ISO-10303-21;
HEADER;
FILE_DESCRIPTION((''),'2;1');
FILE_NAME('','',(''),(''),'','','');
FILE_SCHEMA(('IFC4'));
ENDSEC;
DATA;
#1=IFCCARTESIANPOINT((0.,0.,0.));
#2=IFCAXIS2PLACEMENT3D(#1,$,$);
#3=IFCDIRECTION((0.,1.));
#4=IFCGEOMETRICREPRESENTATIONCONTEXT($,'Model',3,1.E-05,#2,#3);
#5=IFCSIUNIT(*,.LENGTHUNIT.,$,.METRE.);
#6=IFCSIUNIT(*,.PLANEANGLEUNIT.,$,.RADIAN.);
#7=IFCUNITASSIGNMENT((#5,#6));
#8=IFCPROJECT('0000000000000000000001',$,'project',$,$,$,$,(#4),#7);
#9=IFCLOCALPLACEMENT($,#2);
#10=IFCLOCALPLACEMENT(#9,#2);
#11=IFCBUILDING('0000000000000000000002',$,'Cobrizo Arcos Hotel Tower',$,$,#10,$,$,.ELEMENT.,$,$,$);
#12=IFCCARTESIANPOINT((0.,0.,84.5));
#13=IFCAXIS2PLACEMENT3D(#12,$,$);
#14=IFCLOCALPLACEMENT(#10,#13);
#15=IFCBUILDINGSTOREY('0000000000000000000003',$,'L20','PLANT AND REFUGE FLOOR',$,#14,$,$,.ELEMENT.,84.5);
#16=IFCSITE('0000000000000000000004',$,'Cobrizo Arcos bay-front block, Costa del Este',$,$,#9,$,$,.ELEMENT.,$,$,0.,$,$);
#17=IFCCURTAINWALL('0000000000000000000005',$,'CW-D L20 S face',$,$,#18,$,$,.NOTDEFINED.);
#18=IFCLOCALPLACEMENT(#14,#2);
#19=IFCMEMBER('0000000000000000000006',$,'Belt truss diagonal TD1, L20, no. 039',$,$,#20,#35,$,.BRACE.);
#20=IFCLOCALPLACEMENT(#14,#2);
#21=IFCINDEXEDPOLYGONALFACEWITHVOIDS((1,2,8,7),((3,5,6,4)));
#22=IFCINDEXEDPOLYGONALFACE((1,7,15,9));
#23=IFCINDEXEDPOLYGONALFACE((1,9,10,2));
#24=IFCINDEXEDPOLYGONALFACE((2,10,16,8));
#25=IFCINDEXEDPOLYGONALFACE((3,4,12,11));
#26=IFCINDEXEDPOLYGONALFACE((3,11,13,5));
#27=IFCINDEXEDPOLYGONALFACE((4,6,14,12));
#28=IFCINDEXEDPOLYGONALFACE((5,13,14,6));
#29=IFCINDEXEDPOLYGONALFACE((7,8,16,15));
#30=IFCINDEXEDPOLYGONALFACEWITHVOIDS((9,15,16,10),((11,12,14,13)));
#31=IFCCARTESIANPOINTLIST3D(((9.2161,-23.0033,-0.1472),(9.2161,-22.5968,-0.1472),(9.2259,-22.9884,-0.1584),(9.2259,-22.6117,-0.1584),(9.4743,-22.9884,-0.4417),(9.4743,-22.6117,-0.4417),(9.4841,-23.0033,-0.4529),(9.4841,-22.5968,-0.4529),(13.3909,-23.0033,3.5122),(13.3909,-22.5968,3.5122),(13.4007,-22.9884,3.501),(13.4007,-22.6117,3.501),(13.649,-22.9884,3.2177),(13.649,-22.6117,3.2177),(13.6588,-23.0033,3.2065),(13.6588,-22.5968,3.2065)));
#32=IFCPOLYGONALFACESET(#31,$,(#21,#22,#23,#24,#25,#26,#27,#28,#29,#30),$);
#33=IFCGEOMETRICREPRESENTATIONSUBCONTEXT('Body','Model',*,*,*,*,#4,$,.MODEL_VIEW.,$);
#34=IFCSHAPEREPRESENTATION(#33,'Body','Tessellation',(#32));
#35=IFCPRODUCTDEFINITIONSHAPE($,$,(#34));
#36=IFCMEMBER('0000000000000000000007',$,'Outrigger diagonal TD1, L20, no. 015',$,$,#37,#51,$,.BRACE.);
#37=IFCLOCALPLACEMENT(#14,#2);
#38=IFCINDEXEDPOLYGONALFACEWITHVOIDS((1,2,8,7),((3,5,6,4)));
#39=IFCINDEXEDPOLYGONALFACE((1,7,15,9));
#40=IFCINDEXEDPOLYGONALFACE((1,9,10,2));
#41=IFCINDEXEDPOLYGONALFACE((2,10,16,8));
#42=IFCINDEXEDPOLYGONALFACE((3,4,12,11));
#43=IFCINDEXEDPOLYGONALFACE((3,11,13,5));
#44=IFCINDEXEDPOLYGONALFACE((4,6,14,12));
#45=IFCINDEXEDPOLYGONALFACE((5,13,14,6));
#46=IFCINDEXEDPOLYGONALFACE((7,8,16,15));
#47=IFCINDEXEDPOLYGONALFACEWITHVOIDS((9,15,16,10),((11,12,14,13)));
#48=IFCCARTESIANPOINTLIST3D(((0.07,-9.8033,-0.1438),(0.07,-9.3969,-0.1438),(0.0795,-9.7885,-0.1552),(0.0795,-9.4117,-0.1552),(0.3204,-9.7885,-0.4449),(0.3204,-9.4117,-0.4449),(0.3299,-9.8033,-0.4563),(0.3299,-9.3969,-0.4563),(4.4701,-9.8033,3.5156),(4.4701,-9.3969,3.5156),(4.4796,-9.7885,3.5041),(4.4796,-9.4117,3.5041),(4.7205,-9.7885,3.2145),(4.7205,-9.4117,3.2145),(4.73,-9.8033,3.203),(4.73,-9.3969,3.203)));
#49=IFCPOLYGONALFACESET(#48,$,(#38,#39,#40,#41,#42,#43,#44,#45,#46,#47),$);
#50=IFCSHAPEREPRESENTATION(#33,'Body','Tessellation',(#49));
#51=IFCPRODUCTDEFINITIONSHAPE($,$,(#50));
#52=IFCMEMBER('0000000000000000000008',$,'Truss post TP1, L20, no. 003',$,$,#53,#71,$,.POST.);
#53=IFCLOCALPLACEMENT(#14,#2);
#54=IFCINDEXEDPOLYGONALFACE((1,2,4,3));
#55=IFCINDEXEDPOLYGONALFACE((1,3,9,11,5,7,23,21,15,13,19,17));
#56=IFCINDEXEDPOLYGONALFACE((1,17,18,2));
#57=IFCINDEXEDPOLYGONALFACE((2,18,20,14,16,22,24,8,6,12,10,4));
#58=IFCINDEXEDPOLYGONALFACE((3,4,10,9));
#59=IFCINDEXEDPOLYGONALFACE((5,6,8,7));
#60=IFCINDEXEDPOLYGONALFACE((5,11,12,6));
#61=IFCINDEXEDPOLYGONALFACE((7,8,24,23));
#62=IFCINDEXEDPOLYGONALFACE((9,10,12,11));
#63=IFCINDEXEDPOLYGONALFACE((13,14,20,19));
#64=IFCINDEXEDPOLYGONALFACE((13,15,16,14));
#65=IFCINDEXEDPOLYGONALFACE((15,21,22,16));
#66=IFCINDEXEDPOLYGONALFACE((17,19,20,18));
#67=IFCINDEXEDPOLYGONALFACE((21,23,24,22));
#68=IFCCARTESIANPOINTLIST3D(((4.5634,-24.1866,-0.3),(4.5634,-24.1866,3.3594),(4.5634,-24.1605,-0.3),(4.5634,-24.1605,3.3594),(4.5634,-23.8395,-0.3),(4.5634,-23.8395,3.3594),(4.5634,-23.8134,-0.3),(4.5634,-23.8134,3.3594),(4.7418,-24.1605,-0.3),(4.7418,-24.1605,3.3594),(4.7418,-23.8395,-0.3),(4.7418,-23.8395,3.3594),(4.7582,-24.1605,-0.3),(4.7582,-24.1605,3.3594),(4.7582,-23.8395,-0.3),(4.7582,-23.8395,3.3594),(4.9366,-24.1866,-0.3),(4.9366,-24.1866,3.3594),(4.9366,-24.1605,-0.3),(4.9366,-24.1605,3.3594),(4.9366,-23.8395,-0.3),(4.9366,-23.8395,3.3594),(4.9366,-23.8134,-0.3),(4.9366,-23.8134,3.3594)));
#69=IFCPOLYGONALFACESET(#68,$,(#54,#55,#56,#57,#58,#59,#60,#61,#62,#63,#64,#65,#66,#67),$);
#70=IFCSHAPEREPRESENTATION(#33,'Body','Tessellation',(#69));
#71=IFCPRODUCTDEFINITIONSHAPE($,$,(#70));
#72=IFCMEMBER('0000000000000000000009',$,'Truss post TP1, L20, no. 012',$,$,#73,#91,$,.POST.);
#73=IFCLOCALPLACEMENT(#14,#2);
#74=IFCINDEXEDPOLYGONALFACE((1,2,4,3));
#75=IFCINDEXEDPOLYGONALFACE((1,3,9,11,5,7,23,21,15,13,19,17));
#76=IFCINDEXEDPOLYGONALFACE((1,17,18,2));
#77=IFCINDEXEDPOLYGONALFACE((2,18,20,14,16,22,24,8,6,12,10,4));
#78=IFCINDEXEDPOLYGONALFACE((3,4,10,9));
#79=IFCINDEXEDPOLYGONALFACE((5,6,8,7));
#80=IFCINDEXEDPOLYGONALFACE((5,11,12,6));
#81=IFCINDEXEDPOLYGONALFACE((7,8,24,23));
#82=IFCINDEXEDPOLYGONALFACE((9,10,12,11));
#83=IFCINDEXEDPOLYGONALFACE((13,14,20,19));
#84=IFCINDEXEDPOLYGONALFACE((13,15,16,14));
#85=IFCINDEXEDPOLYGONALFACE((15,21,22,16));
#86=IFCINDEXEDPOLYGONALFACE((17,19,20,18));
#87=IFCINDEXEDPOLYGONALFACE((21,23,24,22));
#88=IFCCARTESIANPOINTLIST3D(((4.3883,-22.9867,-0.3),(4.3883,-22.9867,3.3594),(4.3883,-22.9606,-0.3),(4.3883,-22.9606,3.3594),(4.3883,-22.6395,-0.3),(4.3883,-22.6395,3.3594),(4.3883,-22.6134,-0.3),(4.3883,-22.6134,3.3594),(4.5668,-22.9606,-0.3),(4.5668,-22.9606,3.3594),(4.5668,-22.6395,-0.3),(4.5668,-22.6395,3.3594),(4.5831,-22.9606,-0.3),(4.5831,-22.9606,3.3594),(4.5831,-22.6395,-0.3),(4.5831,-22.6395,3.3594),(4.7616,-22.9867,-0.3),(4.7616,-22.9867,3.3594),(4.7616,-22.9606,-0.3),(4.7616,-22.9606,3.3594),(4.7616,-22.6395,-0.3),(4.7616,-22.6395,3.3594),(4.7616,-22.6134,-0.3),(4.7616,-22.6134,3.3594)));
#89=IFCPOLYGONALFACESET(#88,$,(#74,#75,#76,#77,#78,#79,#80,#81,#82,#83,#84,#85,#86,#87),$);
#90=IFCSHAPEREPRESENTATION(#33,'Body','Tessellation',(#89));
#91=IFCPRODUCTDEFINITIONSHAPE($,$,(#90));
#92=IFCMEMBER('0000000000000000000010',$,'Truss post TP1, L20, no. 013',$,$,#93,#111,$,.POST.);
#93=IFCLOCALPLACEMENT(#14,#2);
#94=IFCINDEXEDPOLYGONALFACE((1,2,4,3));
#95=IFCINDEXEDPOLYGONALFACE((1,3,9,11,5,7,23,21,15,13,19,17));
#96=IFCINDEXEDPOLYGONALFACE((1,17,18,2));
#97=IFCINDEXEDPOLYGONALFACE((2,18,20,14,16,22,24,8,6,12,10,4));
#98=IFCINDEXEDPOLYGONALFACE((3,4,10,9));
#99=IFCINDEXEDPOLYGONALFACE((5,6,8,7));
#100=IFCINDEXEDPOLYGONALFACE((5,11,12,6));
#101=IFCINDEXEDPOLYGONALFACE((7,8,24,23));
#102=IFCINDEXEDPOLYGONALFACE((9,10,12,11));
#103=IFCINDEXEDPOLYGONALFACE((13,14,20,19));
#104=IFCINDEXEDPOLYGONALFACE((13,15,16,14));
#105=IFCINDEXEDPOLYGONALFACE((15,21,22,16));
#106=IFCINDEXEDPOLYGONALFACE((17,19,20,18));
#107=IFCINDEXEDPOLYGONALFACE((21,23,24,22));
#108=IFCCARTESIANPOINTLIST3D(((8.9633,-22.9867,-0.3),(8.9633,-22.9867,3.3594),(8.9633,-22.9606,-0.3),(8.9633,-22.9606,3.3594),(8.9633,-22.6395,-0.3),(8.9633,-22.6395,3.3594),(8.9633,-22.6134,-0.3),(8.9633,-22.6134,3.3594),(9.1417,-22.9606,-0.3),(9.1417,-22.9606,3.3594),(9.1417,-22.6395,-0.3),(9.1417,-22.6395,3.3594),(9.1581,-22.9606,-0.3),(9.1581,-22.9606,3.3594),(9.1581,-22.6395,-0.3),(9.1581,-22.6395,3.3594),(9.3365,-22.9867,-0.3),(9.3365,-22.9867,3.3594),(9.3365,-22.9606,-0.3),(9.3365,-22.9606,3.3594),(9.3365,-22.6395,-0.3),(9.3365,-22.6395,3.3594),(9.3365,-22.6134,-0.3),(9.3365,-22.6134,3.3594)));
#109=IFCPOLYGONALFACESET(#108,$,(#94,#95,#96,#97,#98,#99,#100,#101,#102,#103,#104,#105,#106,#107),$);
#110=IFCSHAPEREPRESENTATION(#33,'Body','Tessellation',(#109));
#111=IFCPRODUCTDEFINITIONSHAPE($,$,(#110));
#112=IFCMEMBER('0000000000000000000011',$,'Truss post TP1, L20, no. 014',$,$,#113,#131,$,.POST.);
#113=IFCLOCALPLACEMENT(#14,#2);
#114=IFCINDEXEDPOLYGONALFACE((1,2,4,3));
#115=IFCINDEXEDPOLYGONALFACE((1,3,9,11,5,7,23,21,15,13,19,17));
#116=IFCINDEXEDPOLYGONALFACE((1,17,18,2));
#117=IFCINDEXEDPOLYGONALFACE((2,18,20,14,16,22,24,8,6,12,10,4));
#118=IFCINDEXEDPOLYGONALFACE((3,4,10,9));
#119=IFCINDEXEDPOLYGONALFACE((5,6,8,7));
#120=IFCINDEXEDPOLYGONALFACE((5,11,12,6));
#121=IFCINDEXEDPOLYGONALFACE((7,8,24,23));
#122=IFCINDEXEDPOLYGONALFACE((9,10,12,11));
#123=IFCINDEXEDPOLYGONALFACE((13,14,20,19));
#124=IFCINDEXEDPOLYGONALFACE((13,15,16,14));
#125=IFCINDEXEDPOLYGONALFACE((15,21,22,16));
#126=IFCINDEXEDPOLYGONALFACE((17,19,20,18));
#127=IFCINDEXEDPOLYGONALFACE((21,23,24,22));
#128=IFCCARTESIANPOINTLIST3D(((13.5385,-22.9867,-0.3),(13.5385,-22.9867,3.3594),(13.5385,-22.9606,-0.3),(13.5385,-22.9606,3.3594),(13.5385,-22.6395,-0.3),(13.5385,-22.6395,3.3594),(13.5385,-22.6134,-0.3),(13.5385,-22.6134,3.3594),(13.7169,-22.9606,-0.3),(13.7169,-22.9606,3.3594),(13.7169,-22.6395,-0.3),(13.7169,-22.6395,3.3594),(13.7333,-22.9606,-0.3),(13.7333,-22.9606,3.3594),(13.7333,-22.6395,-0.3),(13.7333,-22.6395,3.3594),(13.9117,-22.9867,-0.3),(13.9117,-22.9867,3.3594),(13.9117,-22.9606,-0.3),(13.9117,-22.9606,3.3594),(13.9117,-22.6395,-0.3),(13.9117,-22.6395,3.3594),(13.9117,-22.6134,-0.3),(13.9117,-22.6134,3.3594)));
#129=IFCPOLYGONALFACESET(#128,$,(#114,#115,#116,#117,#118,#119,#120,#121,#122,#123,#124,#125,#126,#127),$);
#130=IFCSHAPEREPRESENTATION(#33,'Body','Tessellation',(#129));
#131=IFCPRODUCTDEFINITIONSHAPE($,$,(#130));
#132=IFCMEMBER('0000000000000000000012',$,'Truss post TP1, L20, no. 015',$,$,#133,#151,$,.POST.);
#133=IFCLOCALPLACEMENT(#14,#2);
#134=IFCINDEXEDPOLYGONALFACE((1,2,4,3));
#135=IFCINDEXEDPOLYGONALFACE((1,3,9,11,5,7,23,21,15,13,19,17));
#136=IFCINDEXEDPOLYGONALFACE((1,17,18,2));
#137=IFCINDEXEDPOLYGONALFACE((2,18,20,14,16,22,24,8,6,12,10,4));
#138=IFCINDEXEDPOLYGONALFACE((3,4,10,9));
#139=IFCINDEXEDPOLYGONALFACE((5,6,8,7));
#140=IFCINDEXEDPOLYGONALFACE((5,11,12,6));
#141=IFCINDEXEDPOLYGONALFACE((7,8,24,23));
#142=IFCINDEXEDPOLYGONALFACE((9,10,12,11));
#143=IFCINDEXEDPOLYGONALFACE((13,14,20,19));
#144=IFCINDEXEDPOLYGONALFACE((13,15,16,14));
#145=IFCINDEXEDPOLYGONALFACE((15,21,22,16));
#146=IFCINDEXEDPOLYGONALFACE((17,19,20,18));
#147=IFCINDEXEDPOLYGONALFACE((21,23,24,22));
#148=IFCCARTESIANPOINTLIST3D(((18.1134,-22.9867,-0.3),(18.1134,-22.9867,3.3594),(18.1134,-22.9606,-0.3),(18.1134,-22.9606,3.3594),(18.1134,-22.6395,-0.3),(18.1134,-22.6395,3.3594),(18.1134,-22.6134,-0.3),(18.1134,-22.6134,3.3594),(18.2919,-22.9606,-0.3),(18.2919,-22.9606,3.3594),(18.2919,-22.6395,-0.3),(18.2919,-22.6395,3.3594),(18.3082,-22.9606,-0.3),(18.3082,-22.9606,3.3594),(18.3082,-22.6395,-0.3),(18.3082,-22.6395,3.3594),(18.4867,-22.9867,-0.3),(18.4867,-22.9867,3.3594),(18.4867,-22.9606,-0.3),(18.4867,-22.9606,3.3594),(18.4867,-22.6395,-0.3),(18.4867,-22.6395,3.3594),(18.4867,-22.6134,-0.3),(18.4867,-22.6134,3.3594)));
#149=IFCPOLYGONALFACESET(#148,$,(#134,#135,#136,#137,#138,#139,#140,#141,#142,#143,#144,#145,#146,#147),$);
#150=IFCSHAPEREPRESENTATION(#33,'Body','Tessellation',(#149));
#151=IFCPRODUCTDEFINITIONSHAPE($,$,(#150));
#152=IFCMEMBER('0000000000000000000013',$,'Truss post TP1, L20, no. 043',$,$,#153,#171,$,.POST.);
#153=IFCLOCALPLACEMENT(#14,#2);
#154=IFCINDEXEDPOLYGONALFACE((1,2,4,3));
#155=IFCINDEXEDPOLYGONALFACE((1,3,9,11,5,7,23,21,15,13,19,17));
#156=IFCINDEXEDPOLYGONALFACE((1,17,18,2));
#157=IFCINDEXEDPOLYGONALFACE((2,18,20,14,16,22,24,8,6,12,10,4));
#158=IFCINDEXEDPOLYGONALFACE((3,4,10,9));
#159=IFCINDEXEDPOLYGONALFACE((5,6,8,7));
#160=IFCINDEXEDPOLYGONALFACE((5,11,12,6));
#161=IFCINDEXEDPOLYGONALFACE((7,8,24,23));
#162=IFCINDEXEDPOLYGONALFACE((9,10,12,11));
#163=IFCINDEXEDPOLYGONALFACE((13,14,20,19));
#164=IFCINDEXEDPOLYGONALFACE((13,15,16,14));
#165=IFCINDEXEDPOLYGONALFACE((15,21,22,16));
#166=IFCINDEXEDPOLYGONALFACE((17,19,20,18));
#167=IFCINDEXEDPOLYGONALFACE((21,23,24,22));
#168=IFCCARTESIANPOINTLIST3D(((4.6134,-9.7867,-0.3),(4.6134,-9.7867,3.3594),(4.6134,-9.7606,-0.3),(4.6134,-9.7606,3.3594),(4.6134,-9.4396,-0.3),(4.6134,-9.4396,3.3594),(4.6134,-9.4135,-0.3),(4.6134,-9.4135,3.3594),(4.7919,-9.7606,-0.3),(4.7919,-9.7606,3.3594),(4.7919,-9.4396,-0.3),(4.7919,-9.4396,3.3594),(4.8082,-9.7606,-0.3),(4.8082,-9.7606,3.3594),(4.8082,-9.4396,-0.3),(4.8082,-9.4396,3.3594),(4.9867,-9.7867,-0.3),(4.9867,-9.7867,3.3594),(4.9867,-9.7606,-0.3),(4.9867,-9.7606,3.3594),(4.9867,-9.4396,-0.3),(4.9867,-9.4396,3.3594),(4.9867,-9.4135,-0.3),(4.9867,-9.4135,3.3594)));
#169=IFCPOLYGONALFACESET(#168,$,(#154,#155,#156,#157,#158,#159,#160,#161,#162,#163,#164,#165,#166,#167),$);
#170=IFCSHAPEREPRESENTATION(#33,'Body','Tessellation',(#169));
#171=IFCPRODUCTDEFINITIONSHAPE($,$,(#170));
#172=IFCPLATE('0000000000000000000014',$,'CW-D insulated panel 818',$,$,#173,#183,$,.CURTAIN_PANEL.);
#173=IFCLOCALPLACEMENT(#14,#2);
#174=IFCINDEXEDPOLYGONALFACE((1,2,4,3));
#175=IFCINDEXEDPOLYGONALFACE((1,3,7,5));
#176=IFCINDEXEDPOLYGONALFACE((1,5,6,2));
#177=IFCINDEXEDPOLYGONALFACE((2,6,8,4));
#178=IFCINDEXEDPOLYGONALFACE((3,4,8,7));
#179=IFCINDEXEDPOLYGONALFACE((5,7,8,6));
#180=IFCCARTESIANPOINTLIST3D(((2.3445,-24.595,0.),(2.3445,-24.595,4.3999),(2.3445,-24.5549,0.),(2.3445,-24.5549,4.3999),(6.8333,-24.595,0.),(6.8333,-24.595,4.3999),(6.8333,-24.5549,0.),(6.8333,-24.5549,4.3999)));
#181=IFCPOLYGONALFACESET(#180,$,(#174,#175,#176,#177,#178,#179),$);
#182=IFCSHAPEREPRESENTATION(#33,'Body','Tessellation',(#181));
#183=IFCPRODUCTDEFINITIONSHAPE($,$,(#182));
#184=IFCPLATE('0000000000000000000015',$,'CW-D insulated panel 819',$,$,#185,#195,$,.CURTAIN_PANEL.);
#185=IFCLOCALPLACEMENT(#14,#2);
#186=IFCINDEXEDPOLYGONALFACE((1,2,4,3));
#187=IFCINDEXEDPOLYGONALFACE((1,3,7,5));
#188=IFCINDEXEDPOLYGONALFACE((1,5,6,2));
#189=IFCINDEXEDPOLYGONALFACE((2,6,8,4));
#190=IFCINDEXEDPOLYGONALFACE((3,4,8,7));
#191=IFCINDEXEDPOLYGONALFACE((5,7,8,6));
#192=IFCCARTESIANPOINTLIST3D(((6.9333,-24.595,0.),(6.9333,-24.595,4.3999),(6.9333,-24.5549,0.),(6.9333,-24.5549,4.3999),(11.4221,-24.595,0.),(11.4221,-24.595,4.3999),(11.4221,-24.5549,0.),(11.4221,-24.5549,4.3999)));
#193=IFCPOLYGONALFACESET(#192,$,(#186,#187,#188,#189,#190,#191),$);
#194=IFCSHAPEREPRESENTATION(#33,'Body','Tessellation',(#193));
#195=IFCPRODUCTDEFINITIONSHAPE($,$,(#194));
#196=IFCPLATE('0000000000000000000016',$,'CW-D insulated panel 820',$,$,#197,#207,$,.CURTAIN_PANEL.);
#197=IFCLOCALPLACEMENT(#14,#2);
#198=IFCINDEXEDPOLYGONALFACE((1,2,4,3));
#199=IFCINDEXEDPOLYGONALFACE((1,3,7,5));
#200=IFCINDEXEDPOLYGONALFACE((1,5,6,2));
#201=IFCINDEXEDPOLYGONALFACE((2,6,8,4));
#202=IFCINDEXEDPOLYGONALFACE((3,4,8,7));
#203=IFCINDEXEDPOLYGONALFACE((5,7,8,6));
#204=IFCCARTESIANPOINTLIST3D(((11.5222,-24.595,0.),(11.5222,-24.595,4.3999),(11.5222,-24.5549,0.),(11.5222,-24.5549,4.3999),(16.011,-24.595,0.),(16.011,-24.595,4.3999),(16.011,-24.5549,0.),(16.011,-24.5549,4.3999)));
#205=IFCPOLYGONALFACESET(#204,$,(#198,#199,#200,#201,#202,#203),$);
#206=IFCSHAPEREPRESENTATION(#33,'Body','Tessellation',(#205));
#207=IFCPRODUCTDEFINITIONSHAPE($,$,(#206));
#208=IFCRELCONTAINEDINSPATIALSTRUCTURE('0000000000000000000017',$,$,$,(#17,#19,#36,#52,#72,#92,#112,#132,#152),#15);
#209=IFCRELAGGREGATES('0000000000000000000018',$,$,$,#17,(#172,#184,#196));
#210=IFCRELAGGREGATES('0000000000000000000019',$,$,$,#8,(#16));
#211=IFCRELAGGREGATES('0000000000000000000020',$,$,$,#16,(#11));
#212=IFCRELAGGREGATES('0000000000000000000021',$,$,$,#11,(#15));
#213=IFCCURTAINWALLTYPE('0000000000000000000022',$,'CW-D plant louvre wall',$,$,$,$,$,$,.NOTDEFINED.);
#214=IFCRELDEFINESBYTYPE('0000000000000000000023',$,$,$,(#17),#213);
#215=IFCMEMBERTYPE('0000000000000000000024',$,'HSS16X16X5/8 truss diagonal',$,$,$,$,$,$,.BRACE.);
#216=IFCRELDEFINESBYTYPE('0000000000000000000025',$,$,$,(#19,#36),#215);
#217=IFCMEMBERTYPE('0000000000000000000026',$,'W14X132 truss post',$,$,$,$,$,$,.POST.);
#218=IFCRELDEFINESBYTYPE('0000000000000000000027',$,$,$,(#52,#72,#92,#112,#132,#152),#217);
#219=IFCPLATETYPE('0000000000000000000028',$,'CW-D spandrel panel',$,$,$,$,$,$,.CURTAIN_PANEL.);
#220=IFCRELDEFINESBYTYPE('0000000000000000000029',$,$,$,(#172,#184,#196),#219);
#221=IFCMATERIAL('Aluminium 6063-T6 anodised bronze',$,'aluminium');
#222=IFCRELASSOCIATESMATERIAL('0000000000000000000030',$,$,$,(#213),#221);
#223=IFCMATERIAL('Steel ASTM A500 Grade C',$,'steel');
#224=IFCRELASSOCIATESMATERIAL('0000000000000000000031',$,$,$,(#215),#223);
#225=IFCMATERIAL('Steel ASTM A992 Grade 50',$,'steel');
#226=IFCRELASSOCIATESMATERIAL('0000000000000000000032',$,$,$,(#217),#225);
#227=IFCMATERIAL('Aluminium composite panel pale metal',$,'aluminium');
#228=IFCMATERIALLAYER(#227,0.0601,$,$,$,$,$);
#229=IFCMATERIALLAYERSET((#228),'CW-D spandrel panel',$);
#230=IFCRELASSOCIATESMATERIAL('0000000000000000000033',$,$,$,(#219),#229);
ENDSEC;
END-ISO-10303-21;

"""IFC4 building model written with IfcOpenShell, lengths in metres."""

from ifc_helpers import new_model, si_unit, direction, frame, origin, origin_2d, place, context, subcontext, project, spatial, rectangle, hollow_rectangle, i_section, extrude, material, layer, layer_set, material_profile, profile_set, type_object, element, aggregate, save


model = new_model("IFC4")

# Units and contexts
model_context = context("Model", 3, precision=1e-05, world=origin(), true_north=direction((0.0, 1.0)))
body_context = subcontext(model_context, "Body", "Model", "MODEL_VIEW")
ifc_project = project(units=[si_unit("LENGTHUNIT", "METRE"), si_unit("PLANEANGLEUNIT", "RADIAN")], contexts=[model_context])

# Site, building, storey
site_placement = place(None, origin())
site = spatial("IfcSite", under=ifc_project, at=site_placement, Name="Cobrizo Arcos bay-front block, Costa del Este", CompositionType="ELEMENT", RefElevation=0.0)
building_placement = place(site_placement, origin())
building = spatial("IfcBuilding", under=site, at=building_placement, Name="Cobrizo Arcos Hotel Tower", CompositionType="ELEMENT")
storey_placement = place(building_placement, frame((0.0, 0.0, 84.5)))
storey = spatial("IfcBuildingStorey", under=building, at=storey_placement, Name="L20", Description="PLANT AND REFUGE FLOOR", CompositionType="ELEMENT", Elevation=84.5)

# Shared definitions
ifc_material_1 = material(Name="Steel ASTM A992 Grade 50", Category="steel")

# Curtain wall
ifc_material_2 = material(Name="Aluminium 6063-T6 anodised bronze", Category="aluminium")
curtain_wall_type = type_object("IfcCurtainWallType", Name="CW-D plant louvre wall", PredefinedType="NOTDEFINED", material=ifc_material_2)
curtain_wall_placement = place(storey_placement, origin())
curtain_wall = element("IfcCurtainWall", 1, at=curtain_wall_placement, inside=storey, type_object=curtain_wall_type, Name="CW-D L20 S face", PredefinedType="NOTDEFINED")

# Members
ifc_material_3 = material(Name="Steel ASTM A500 Grade C", Category="steel")
ifc_material_profile_1 = material_profile(ifc_material_3, hollow_rectangle(XDim=0.4065, YDim=0.4065, WallThickness=0.0149, at=origin_2d()), Name="HSS16X16X5/8")
ifc_profile_set_1 = profile_set([ifc_material_profile_1], Name="Steel ASTM A500 Grade C")
member_type_1 = type_object("IfcMemberType", Name="HSS16X16X5/8 truss diagonal", PredefinedType="BRACE", material=ifc_profile_set_1)
member_1_placement = place(storey_placement, frame((9.3501, -22.8, -0.3), z_axis=(0.751999, 0.0, 0.659164), x_axis=(0.0, 1.0, 0.0)))
element("IfcMember", 2, at=member_1_placement, inside=storey, type_object=member_type_1, Name="Belt truss diagonal TD1, L20, no. 039", PredefinedType="BRACE", context=body_context, shape_type="SweptSolid", body=[
    extrude(hollow_rectangle(XDim=0.4065, YDim=0.4065, WallThickness=0.0149, at=origin_2d()), origin(), (0.0, 0.0, 1.0), 5.5515),
])
member_2_placement = place(storey_placement, frame((0.2, -9.6001, -0.3), z_axis=(0.768854, 0.0, 0.639425), x_axis=(0.0, 1.0, 0.0)))
element("IfcMember", 3, at=member_2_placement, inside=storey, type_object=member_type_1, Name="Outrigger diagonal TD1, L20, no. 015", PredefinedType="BRACE", context=body_context, shape_type="SweptSolid", body=[
    extrude(hollow_rectangle(XDim=0.4065, YDim=0.4065, WallThickness=0.0149, at=origin_2d()), origin(), (0.0, 0.0, 1.0), 5.7229),
])
ifc_material_profile_2 = material_profile(ifc_material_1, i_section(OverallWidth=0.3733, OverallDepth=0.3733, WebThickness=0.0164, FlangeThickness=0.0261, at=origin_2d()), Name="W14X132")
ifc_profile_set_2 = profile_set([ifc_material_profile_2], Name="Steel ASTM A992 Grade 50")
member_type_2 = type_object("IfcMemberType", Name="W14X132 truss post", PredefinedType="POST", material=ifc_profile_set_2)
for number, where, z_axis, x_axis, name in (
    (4, (4.75, -24.0, -0.3), (0.0, 0.0, 1.0), (1.0, 0.0, 0.0), "Truss post TP1, L20, no. 003"),
    (5, (4.575, -22.8, -0.3), (0.0, 0.0, 1.0), (1.0, 0.0, 0.0), "Truss post TP1, L20, no. 012"),
    (6, (9.1499, -22.8, -0.3), (0.0, 0.0, 1.0), (1.0, 0.0, 0.0), "Truss post TP1, L20, no. 013"),
    (7, (13.7251, -22.8, -0.3), (0.0, 0.0, 1.0), (1.0, 0.0, 0.0), "Truss post TP1, L20, no. 014"),
    (8, (18.3, -22.8, -0.3), (0.0, 0.0, 1.0), (1.0, 0.0, 0.0), "Truss post TP1, L20, no. 015"),
    (9, (4.8, -9.6001, -0.3), (0.0, 0.0, 1.0), (1.0, 0.0, 0.0), "Truss post TP1, L20, no. 043"),
):
    element("IfcMember", number, at=place(storey_placement, frame(where, z_axis=z_axis, x_axis=x_axis)), inside=storey, type_object=member_type_2, Name=name, PredefinedType="POST", context=body_context, shape_type="SweptSolid", body=[
        extrude(i_section(OverallWidth=0.3733, OverallDepth=0.3733, WebThickness=0.0164, FlangeThickness=0.0261, at=origin_2d()), origin(), (0.0, 0.0, 1.0), 3.6594),
    ])

# Plates
ifc_material_4 = material(Name="Aluminium composite panel pale metal", Category="aluminium")
ifc_layer_1 = layer(ifc_material_4, 0.0601)
ifc_layer_set_1 = layer_set([ifc_layer_1], Name="CW-D spandrel panel")
plate_type = type_object("IfcPlateType", Name="CW-D spandrel panel", PredefinedType="CURTAIN_PANEL", material=ifc_layer_set_1)
plate_1_placement = place(storey_placement, frame((4.5889, -24.575, 0.0), z_axis=(0.0, 0.0, 1.0), x_axis=(1.0, 0.0, 0.0)))
plate_1 = element("IfcPlate", 10, at=plate_1_placement, type_object=plate_type, Name="CW-D insulated panel 818", PredefinedType="CURTAIN_PANEL", context=body_context, shape_type="SweptSolid", body=[
    extrude(rectangle(XDim=4.4888, YDim=0.04, at=origin_2d()), origin(), (0.0, 0.0, 1.0), 4.3999),
])
plate_2_placement = place(storey_placement, frame((9.1777, -24.575, 0.0), z_axis=(0.0, 0.0, 1.0), x_axis=(1.0, 0.0, 0.0)))
plate_2 = element("IfcPlate", 11, at=plate_2_placement, type_object=plate_type, Name="CW-D insulated panel 819", PredefinedType="CURTAIN_PANEL", context=body_context, shape_type="SweptSolid", body=[
    extrude(rectangle(XDim=4.4888, YDim=0.04, at=origin_2d()), origin(), (0.0, 0.0, 1.0), 4.3999),
])
plate_3_placement = place(storey_placement, frame((13.7666, -24.575, 0.0), z_axis=(0.0, 0.0, 1.0), x_axis=(1.0, 0.0, 0.0)))
plate_3 = element("IfcPlate", 12, at=plate_3_placement, type_object=plate_type, Name="CW-D insulated panel 820", PredefinedType="CURTAIN_PANEL", context=body_context, shape_type="SweptSolid", body=[
    extrude(rectangle(XDim=4.4888, YDim=0.04, at=origin_2d()), origin(), (0.0, 0.0, 1.0), 4.3999),
])
aggregate(curtain_wall, [plate_1, plate_2, plate_3])

save(model, "model.ifc")
